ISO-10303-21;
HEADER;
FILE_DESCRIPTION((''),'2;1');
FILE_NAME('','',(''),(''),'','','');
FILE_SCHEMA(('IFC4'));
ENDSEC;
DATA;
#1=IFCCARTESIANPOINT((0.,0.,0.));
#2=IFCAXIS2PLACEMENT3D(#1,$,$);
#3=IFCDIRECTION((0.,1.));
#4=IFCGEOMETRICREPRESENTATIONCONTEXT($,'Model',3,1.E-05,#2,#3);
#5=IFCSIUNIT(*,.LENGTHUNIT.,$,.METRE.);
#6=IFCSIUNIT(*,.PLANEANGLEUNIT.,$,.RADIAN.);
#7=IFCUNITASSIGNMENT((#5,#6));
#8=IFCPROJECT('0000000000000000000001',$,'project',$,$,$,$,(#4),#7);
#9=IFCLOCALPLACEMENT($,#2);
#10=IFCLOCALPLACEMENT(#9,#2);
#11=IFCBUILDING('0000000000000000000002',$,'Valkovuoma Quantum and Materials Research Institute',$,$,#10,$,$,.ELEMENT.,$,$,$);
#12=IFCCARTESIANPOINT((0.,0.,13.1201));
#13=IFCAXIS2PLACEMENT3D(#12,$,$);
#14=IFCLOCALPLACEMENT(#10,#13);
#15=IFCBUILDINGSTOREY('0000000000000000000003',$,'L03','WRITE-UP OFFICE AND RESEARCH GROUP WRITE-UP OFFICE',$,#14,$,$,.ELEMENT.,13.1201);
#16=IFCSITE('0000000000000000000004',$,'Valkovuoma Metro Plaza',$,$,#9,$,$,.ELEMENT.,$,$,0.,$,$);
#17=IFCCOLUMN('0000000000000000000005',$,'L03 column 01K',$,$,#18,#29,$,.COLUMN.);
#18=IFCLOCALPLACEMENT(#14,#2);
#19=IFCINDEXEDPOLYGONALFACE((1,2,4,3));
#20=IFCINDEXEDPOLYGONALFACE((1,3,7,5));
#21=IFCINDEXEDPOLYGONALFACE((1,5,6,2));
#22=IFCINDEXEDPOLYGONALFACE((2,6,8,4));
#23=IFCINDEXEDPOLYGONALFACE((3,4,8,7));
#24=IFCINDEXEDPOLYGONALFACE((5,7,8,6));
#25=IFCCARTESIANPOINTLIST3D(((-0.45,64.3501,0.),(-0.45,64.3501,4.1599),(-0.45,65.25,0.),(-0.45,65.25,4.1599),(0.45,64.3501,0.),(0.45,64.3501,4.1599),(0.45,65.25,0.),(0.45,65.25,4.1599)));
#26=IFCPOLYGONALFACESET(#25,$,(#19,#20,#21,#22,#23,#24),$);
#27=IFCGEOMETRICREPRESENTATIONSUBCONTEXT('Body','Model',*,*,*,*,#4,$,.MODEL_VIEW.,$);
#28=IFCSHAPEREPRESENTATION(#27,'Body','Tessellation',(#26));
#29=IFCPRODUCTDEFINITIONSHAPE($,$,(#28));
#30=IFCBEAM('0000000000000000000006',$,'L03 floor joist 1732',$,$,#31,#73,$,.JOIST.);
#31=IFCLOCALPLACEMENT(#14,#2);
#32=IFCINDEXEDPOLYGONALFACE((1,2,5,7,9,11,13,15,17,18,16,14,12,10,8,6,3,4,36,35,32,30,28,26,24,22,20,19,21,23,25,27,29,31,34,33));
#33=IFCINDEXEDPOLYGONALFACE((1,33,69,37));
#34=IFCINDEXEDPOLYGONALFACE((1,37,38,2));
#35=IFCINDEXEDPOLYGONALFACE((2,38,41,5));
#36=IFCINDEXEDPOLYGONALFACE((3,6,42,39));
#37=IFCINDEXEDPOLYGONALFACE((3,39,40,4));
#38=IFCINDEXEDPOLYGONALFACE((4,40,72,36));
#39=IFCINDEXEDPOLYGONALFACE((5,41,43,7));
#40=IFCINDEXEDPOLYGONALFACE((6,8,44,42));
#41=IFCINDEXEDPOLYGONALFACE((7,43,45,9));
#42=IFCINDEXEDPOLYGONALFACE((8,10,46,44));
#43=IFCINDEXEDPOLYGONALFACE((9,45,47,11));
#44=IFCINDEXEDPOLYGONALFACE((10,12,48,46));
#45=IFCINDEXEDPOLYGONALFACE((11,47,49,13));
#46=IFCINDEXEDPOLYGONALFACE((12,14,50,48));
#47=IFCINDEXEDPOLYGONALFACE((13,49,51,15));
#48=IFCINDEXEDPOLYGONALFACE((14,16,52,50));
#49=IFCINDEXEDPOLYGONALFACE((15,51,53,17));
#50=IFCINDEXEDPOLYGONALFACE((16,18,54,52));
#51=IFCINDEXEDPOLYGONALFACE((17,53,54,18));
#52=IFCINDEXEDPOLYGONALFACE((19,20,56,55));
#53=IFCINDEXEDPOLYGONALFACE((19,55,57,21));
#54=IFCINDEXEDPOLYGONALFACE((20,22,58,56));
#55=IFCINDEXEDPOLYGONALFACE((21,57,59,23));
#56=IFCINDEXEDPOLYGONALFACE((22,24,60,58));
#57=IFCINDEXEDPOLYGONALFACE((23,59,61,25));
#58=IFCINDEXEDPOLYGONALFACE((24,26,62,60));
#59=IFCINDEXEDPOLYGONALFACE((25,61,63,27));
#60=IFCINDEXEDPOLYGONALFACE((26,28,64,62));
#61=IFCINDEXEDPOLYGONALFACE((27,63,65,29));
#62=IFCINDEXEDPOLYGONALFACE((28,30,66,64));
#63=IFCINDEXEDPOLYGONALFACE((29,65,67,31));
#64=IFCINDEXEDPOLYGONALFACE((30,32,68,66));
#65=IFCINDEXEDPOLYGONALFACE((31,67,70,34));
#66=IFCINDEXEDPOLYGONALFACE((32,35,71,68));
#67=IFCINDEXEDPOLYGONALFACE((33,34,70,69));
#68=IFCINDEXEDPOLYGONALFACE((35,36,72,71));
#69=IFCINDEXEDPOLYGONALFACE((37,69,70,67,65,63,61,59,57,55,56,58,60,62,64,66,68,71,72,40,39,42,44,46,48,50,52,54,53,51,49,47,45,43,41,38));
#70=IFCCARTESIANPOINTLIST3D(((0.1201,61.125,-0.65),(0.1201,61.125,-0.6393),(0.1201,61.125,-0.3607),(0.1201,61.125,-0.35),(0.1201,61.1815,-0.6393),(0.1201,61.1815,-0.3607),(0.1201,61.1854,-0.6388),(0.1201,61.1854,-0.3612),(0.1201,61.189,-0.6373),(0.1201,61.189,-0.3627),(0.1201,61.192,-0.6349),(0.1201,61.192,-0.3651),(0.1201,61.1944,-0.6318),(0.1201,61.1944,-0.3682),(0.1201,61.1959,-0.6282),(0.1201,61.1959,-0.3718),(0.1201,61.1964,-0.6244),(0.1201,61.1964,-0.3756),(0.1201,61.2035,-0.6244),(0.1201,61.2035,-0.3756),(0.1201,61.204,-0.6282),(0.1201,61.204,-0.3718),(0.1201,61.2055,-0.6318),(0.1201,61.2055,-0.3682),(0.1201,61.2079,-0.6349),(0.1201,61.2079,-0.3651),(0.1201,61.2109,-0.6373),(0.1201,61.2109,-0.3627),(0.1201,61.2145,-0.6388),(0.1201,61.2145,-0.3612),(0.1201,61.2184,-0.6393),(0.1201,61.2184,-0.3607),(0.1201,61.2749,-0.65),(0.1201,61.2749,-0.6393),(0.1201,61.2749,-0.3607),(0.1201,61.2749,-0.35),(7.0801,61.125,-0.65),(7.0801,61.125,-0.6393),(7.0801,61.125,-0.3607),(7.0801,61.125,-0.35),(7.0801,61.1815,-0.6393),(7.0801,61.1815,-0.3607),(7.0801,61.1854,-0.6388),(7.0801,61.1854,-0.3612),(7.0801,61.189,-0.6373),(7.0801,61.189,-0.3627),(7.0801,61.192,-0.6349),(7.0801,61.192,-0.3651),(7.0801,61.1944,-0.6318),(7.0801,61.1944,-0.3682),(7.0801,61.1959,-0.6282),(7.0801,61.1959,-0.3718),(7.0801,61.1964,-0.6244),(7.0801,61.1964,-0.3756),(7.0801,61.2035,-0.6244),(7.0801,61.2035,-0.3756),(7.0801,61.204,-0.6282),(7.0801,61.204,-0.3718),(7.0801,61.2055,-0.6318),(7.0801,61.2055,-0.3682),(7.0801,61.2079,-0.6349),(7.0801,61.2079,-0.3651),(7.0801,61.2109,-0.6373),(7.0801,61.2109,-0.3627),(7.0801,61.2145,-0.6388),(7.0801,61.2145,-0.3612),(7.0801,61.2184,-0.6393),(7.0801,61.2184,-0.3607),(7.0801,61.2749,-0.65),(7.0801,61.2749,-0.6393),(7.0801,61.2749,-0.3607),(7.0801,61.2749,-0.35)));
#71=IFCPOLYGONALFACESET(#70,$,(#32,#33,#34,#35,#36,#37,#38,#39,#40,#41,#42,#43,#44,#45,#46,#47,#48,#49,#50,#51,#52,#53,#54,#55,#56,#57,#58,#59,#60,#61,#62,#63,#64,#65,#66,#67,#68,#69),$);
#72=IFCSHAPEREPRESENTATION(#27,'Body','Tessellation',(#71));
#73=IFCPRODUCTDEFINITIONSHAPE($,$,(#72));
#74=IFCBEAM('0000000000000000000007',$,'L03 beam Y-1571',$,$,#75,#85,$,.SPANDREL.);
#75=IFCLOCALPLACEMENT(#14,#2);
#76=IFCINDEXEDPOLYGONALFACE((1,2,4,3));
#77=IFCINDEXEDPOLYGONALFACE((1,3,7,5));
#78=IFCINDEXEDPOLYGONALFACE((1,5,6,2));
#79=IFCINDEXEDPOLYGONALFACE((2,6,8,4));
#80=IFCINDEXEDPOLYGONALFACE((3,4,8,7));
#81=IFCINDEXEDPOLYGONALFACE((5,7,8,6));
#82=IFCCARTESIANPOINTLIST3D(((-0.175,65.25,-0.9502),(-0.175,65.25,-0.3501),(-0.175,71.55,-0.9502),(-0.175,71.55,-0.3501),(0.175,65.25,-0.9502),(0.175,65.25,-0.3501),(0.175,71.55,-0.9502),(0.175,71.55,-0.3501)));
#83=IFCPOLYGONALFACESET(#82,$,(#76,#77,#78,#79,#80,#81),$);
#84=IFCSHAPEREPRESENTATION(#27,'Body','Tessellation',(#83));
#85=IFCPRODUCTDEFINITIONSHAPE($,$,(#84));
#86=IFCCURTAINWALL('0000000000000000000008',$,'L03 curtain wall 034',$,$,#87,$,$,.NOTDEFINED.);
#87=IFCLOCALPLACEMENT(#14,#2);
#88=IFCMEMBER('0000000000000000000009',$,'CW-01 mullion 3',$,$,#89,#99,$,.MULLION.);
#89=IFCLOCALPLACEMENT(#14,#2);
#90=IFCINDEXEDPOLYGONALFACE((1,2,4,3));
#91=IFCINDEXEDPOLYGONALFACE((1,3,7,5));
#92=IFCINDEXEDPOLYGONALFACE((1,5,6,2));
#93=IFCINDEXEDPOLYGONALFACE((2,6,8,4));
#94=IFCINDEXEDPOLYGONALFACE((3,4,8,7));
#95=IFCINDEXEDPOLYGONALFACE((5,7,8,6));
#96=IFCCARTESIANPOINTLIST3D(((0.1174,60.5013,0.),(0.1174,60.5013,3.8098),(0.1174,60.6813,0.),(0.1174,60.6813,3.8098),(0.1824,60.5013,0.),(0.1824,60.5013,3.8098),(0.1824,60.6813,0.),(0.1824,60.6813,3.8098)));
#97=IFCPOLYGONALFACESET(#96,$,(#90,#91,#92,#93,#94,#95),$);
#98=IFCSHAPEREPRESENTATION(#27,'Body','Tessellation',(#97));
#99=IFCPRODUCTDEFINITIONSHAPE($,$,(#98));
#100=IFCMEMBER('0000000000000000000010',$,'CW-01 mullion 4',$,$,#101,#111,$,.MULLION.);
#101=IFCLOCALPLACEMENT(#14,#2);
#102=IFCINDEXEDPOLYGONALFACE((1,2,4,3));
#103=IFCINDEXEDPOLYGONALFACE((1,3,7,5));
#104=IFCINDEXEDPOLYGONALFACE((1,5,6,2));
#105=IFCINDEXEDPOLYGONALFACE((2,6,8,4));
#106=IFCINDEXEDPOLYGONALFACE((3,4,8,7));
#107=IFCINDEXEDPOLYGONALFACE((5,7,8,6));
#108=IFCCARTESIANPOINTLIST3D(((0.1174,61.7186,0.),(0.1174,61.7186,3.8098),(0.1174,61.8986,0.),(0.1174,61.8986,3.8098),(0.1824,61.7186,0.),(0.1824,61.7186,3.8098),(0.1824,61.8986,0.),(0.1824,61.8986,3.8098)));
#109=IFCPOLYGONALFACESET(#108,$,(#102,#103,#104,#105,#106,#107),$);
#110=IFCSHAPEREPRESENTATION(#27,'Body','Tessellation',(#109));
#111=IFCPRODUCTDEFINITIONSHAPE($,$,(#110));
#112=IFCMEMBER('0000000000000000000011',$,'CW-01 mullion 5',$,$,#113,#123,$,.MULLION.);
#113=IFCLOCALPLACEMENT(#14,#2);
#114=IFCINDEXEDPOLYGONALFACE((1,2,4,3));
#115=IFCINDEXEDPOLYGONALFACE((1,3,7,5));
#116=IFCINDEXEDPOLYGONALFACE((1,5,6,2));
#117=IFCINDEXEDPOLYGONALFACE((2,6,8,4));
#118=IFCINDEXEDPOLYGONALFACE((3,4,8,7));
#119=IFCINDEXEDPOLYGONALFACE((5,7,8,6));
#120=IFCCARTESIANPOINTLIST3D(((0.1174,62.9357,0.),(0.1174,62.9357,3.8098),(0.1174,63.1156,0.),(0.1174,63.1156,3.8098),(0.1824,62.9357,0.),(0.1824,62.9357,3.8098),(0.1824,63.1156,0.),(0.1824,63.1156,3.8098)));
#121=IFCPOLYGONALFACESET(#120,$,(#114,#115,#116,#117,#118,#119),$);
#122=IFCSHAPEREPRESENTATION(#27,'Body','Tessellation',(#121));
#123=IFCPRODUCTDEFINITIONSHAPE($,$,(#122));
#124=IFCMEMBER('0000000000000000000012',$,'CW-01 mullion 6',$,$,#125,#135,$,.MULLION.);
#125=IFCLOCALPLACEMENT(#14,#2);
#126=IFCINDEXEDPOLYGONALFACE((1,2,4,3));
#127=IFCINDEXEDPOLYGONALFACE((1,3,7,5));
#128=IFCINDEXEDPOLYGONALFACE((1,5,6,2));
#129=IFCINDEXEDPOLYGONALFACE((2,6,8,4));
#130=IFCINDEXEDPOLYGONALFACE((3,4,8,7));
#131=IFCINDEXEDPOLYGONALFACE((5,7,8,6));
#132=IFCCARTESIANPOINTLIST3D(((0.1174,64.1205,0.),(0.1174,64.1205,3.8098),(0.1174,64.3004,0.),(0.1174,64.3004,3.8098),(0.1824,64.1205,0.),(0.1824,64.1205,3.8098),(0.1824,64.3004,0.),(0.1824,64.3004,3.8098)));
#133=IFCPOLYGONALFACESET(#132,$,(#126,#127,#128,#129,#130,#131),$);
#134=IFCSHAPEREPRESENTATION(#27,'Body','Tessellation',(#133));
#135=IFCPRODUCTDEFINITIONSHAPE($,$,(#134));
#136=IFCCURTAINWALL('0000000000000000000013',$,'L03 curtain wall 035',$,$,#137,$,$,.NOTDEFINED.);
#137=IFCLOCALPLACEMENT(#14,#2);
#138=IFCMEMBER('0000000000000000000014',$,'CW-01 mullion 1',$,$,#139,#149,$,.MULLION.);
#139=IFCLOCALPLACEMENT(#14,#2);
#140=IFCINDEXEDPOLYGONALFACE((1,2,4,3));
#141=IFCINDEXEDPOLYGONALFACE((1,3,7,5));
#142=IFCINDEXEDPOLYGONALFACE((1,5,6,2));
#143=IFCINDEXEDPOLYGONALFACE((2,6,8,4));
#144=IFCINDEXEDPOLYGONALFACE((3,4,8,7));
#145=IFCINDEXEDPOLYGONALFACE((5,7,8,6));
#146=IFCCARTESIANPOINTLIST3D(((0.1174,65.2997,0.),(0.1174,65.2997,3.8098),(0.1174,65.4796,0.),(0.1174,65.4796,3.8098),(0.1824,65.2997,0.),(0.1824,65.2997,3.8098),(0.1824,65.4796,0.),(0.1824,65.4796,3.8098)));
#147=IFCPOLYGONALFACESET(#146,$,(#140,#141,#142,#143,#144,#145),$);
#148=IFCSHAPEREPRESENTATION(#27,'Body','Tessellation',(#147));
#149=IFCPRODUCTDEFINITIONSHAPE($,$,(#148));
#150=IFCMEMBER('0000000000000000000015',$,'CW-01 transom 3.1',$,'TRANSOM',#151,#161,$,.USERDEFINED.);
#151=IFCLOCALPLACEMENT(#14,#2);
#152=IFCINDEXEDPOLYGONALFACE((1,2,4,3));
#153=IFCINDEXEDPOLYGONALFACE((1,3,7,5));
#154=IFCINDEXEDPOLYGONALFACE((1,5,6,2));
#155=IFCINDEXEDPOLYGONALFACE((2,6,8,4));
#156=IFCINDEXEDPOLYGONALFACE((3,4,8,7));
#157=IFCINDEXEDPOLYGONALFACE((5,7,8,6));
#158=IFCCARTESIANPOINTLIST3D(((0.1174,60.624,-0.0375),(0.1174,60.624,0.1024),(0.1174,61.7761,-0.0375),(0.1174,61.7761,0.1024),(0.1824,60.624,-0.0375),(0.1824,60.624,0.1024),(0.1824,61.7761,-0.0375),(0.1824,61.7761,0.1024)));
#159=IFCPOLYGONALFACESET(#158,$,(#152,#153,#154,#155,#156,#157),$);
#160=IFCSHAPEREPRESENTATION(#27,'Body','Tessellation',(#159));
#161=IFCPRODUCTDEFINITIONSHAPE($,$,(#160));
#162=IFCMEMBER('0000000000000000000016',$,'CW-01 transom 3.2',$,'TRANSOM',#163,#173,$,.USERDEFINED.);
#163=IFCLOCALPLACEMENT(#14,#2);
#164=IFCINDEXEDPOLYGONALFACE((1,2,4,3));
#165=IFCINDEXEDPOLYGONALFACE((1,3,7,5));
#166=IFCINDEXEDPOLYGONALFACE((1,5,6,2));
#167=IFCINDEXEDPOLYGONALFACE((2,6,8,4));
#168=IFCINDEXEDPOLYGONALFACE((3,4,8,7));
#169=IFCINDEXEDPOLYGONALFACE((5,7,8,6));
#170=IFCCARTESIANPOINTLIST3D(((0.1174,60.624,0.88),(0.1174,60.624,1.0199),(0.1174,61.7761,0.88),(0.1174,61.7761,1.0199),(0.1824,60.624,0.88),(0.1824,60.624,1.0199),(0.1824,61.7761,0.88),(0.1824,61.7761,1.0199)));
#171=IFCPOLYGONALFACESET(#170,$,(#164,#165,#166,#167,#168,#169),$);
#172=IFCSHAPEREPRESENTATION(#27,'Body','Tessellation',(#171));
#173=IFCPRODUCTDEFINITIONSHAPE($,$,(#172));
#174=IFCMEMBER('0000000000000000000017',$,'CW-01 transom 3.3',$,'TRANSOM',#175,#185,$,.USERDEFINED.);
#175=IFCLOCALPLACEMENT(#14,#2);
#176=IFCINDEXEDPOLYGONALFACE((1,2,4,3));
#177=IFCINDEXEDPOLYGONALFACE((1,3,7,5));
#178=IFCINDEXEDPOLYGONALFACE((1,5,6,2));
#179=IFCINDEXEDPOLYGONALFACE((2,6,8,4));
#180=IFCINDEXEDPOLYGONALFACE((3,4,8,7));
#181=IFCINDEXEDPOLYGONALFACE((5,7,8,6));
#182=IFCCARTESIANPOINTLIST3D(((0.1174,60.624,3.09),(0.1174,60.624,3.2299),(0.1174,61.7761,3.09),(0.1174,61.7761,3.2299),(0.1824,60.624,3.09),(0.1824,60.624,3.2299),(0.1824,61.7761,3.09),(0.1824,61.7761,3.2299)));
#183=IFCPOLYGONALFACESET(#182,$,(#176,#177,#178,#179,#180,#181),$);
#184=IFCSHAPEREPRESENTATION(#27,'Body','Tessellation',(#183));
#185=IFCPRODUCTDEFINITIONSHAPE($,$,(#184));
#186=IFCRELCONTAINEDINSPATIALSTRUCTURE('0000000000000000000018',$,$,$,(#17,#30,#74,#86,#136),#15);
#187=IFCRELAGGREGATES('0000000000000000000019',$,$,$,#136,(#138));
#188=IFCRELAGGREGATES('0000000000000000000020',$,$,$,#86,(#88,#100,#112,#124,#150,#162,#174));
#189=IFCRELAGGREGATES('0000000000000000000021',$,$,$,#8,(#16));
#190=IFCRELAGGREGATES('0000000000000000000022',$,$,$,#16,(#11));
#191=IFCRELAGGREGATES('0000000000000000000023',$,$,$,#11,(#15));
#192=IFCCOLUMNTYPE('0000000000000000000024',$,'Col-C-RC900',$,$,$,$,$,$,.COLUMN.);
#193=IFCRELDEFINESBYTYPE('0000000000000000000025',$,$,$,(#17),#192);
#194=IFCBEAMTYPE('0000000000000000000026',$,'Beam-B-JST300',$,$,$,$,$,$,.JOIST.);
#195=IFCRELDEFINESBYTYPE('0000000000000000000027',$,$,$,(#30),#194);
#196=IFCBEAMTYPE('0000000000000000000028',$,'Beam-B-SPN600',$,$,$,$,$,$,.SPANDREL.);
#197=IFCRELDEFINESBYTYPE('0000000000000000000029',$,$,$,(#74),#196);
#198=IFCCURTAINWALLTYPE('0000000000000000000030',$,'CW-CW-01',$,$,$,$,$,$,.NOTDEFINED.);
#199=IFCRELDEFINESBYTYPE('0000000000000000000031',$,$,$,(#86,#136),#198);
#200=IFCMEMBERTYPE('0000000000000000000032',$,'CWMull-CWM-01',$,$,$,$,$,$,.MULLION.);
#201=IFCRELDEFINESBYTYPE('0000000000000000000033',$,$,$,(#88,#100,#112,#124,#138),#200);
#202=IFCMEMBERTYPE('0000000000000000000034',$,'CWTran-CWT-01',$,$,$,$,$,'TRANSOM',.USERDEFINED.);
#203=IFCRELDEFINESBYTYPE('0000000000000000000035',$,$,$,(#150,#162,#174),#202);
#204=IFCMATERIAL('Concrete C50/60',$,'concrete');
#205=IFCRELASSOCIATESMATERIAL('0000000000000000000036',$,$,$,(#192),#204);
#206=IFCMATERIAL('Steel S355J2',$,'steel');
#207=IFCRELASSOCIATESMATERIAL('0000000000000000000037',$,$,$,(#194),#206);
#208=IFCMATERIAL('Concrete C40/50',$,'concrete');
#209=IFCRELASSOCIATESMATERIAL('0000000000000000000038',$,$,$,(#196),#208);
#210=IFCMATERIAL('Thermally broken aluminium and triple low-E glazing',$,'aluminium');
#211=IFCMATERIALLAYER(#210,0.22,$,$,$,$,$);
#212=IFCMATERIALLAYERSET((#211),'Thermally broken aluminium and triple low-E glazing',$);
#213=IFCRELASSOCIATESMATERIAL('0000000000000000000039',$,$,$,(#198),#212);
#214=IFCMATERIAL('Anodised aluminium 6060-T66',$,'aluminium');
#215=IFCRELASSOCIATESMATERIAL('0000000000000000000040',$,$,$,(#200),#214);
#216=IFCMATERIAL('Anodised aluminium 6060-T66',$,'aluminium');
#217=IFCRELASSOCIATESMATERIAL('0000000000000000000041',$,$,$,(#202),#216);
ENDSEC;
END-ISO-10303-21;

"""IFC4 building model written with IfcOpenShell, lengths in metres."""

from ifc_helpers import new_model, si_unit, direction, frame, origin, origin_2d, place, context, subcontext, project, spatial, rectangle, i_section, extrude, material, layer, layer_set, material_profile, profile_set, type_object, element, aggregate, save


model = new_model("IFC4")

# Units and contexts
model_context = context("Model", 3, precision=1e-05, world=origin(), true_north=direction((0.0, 1.0)))
body_context = subcontext(model_context, "Body", "Model", "MODEL_VIEW")
ifc_project = project(units=[si_unit("LENGTHUNIT", "METRE"), si_unit("PLANEANGLEUNIT", "RADIAN")], contexts=[model_context])

# Site, building, storey
site_placement = place(None, origin())
site = spatial("IfcSite", under=ifc_project, at=site_placement, Name="Valkovuoma Metro Plaza", CompositionType="ELEMENT", RefElevation=0.0)
building_placement = place(site_placement, origin())
building = spatial("IfcBuilding", under=site, at=building_placement, Name="Valkovuoma Quantum and Materials Research Institute", CompositionType="ELEMENT")
storey_placement = place(building_placement, frame((0.0, 0.0, 13.1201)))
storey = spatial("IfcBuildingStorey", under=building, at=storey_placement, Name="L03", Description="WRITE-UP OFFICE AND RESEARCH GROUP WRITE-UP OFFICE", CompositionType="ELEMENT", Elevation=13.1201)

# Column
ifc_material_1 = material(Name="Concrete C50/60", Category="concrete")
ifc_material_profile_1 = material_profile(ifc_material_1, rectangle(XDim=0.8999, YDim=0.8999, at=origin_2d()), Name="Concrete C50/60")
ifc_profile_set_1 = profile_set([ifc_material_profile_1], Name="Concrete C50/60")
column_type = type_object("IfcColumnType", Name="Col-C-RC900", PredefinedType="COLUMN", material=ifc_profile_set_1)
column_placement = place(storey_placement, frame((0.0, 64.8, 0.0), z_axis=(0.0, 0.0, 1.0), x_axis=(1.0, 0.0, 0.0)))
element("IfcColumn", 1, at=column_placement, inside=storey, type_object=column_type, Name="L03 column 01K", PredefinedType="COLUMN", context=body_context, shape_type="SweptSolid", body=[
    extrude(rectangle(XDim=0.8999, YDim=0.8999, at=origin_2d()), origin(), (0.0, 0.0, 1.0), 4.1599),
])

# Beams
ifc_material_2 = material(Name="Steel S355J2", Category="steel")
ifc_material_profile_2 = material_profile(ifc_material_2, i_section(OverallWidth=0.1499, OverallDepth=0.3, WebThickness=0.0071, FlangeThickness=0.0107, FilletRadius=0.0149, at=origin_2d()), Name="Steel S355J2")
ifc_profile_set_2 = profile_set([ifc_material_profile_2], Name="Steel S355J2")
beam_type_1 = type_object("IfcBeamType", Name="Beam-B-JST300", PredefinedType="JOIST", material=ifc_profile_set_2)
beam_1_placement = place(storey_placement, frame((0.1201, 61.2, -0.5), z_axis=(1.0, 0.0, 0.0), x_axis=(0.0, 1.0, 0.0)))
element("IfcBeam", 2, at=beam_1_placement, inside=storey, type_object=beam_type_1, Name="L03 floor joist 1732", PredefinedType="JOIST", context=body_context, shape_type="SweptSolid", body=[
    extrude(i_section(OverallWidth=0.1499, OverallDepth=0.3, WebThickness=0.0071, FlangeThickness=0.0107, FilletRadius=0.0149, at=origin_2d()), origin(), (0.0, 0.0, 1.0), 6.96),
])
ifc_material_3 = material(Name="Concrete C40/50", Category="concrete")
ifc_material_profile_3 = material_profile(ifc_material_3, rectangle(XDim=0.3501, YDim=0.6001, at=origin_2d()), Name="Concrete C40/50")
ifc_profile_set_3 = profile_set([ifc_material_profile_3], Name="Concrete C40/50")
beam_type_2 = type_object("IfcBeamType", Name="Beam-B-SPN600", PredefinedType="SPANDREL", material=ifc_profile_set_3)
beam_2_placement = place(storey_placement, frame((0.0, 65.25, -0.6501), z_axis=(0.0, 1.0, 0.0), x_axis=(-1.0, 0.0, 0.0)))
element("IfcBeam", 3, at=beam_2_placement, inside=storey, type_object=beam_type_2, Name="L03 beam Y-1571", PredefinedType="SPANDREL", context=body_context, shape_type="SweptSolid", body=[
    extrude(rectangle(XDim=0.3501, YDim=0.6001, at=origin_2d()), origin(), (0.0, 0.0, 1.0), 6.3),
])

# Curtain wall, members
ifc_material_4 = material(Name="Thermally broken aluminium and triple low-E glazing", Category="aluminium")
ifc_layer_1 = layer(ifc_material_4, 0.22)
ifc_layer_set_1 = layer_set([ifc_layer_1], Name="Thermally broken aluminium and triple low-E glazing")
curtain_wall_type = type_object("IfcCurtainWallType", Name="CW-CW-01", PredefinedType="NOTDEFINED", material=ifc_layer_set_1)
curtain_wall_1_placement = place(storey_placement, origin())
curtain_wall_1 = element("IfcCurtainWall", 4, at=curtain_wall_1_placement, inside=storey, type_object=curtain_wall_type, Name="L03 curtain wall 034", PredefinedType="NOTDEFINED")
ifc_material_5 = material(Name="Anodised aluminium 6060-T66", Category="aluminium")
ifc_material_profile_4 = material_profile(ifc_material_5, rectangle(XDim=0.0649, YDim=0.1799, at=origin_2d()), Name="Anodised aluminium 6060-T66")
ifc_profile_set_4 = profile_set([ifc_material_profile_4], Name="Anodised aluminium 6060-T66")
member_type_1 = type_object("IfcMemberType", Name="CWMull-CWM-01", PredefinedType="MULLION", material=ifc_profile_set_4)
member_1_placement = place(storey_placement, frame((0.1499, 60.5913, 0.0), z_axis=(0.0, 0.0, 1.0), x_axis=(-1.0, 0.0, 0.0)))
member_1 = element("IfcMember", 5, at=member_1_placement, type_object=member_type_1, Name="CW-01 mullion 3", PredefinedType="MULLION", context=body_context, shape_type="SweptSolid", body=[
    extrude(rectangle(XDim=0.0649, YDim=0.1799, at=origin_2d()), origin(), (0.0, 0.0, 1.0), 3.8098),
])
member_2_placement = place(storey_placement, frame((0.1499, 61.8086, 0.0), z_axis=(0.0, 0.0, 1.0), x_axis=(-1.0, 0.0, 0.0)))
member_2 = element("IfcMember", 6, at=member_2_placement, type_object=member_type_1, Name="CW-01 mullion 4", PredefinedType="MULLION", context=body_context, shape_type="SweptSolid", body=[
    extrude(rectangle(XDim=0.0649, YDim=0.1799, at=origin_2d()), origin(), (0.0, 0.0, 1.0), 3.8098),
])
member_3_placement = place(storey_placement, frame((0.1499, 63.0256, 0.0), z_axis=(0.0, 0.0, 1.0), x_axis=(-1.0, 0.0, 0.0)))
member_3 = element("IfcMember", 7, at=member_3_placement, type_object=member_type_1, Name="CW-01 mullion 5", PredefinedType="MULLION", context=body_context, shape_type="SweptSolid", body=[
    extrude(rectangle(XDim=0.0649, YDim=0.1799, at=origin_2d()), origin(), (0.0, 0.0, 1.0), 3.8098),
])
member_4_placement = place(storey_placement, frame((0.1499, 64.2104, 0.0), z_axis=(0.0, 0.0, 1.0), x_axis=(-1.0, 0.0, 0.0)))
member_4 = element("IfcMember", 8, at=member_4_placement, type_object=member_type_1, Name="CW-01 mullion 6", PredefinedType="MULLION", context=body_context, shape_type="SweptSolid", body=[
    extrude(rectangle(XDim=0.0649, YDim=0.1799, at=origin_2d()), origin(), (0.0, 0.0, 1.0), 3.8098),
])

# Curtain wall, member
curtain_wall_2_placement = place(storey_placement, origin())
curtain_wall_2 = element("IfcCurtainWall", 9, at=curtain_wall_2_placement, inside=storey, type_object=curtain_wall_type, Name="L03 curtain wall 035", PredefinedType="NOTDEFINED")
member_5_placement = place(storey_placement, frame((0.1499, 65.3896, 0.0), z_axis=(0.0, 0.0, 1.0), x_axis=(-1.0, 0.0, 0.0)))
member_5 = element("IfcMember", 10, at=member_5_placement, type_object=member_type_1, Name="CW-01 mullion 1", PredefinedType="MULLION", context=body_context, shape_type="SweptSolid", body=[
    extrude(rectangle(XDim=0.0649, YDim=0.1799, at=origin_2d()), origin(), (0.0, 0.0, 1.0), 3.8098),
])

# Members
ifc_material_6 = material(Name="Anodised aluminium 6060-T66", Category="aluminium")
ifc_material_profile_5 = material_profile(ifc_material_6, rectangle(XDim=0.0649, YDim=0.1399, at=origin_2d()), Name="Anodised aluminium 6060-T66")
ifc_profile_set_5 = profile_set([ifc_material_profile_5], Name="Anodised aluminium 6060-T66")
member_type_2 = type_object("IfcMemberType", Name="CWTran-CWT-01", ElementType="TRANSOM", PredefinedType="USERDEFINED", material=ifc_profile_set_5)
member_6_placement = place(storey_placement, frame((0.1499, 60.624, 0.0325), z_axis=(0.0, 1.0, 0.0), x_axis=(-1.0, 0.0, 0.0)))
member_6 = element("IfcMember", 11, at=member_6_placement, type_object=member_type_2, Name="CW-01 transom 3.1", ObjectType="TRANSOM", PredefinedType="USERDEFINED", context=body_context, shape_type="SweptSolid", body=[
    extrude(rectangle(XDim=0.0649, YDim=0.1399, at=origin_2d()), origin(), (0.0, 0.0, 1.0), 1.1521),
])
member_7_placement = place(storey_placement, frame((0.1499, 60.624, 0.95), z_axis=(0.0, 1.0, 0.0), x_axis=(-1.0, 0.0, 0.0)))
member_7 = element("IfcMember", 12, at=member_7_placement, type_object=member_type_2, Name="CW-01 transom 3.2", ObjectType="TRANSOM", PredefinedType="USERDEFINED", context=body_context, shape_type="SweptSolid", body=[
    extrude(rectangle(XDim=0.0649, YDim=0.1399, at=origin_2d()), origin(), (0.0, 0.0, 1.0), 1.1521),
])
member_8_placement = place(storey_placement, frame((0.1499, 60.624, 3.1599), z_axis=(0.0, 1.0, 0.0), x_axis=(-1.0, 0.0, 0.0)))
member_8 = element("IfcMember", 13, at=member_8_placement, type_object=member_type_2, Name="CW-01 transom 3.3", ObjectType="TRANSOM", PredefinedType="USERDEFINED", context=body_context, shape_type="SweptSolid", body=[
    extrude(rectangle(XDim=0.0649, YDim=0.1399, at=origin_2d()), origin(), (0.0, 0.0, 1.0), 1.1521),
])
aggregate(curtain_wall_2, [member_5])

aggregate(curtain_wall_1, [member_1, member_2, member_3, member_4, member_6, member_7, member_8])

save(model, "model.ifc")
